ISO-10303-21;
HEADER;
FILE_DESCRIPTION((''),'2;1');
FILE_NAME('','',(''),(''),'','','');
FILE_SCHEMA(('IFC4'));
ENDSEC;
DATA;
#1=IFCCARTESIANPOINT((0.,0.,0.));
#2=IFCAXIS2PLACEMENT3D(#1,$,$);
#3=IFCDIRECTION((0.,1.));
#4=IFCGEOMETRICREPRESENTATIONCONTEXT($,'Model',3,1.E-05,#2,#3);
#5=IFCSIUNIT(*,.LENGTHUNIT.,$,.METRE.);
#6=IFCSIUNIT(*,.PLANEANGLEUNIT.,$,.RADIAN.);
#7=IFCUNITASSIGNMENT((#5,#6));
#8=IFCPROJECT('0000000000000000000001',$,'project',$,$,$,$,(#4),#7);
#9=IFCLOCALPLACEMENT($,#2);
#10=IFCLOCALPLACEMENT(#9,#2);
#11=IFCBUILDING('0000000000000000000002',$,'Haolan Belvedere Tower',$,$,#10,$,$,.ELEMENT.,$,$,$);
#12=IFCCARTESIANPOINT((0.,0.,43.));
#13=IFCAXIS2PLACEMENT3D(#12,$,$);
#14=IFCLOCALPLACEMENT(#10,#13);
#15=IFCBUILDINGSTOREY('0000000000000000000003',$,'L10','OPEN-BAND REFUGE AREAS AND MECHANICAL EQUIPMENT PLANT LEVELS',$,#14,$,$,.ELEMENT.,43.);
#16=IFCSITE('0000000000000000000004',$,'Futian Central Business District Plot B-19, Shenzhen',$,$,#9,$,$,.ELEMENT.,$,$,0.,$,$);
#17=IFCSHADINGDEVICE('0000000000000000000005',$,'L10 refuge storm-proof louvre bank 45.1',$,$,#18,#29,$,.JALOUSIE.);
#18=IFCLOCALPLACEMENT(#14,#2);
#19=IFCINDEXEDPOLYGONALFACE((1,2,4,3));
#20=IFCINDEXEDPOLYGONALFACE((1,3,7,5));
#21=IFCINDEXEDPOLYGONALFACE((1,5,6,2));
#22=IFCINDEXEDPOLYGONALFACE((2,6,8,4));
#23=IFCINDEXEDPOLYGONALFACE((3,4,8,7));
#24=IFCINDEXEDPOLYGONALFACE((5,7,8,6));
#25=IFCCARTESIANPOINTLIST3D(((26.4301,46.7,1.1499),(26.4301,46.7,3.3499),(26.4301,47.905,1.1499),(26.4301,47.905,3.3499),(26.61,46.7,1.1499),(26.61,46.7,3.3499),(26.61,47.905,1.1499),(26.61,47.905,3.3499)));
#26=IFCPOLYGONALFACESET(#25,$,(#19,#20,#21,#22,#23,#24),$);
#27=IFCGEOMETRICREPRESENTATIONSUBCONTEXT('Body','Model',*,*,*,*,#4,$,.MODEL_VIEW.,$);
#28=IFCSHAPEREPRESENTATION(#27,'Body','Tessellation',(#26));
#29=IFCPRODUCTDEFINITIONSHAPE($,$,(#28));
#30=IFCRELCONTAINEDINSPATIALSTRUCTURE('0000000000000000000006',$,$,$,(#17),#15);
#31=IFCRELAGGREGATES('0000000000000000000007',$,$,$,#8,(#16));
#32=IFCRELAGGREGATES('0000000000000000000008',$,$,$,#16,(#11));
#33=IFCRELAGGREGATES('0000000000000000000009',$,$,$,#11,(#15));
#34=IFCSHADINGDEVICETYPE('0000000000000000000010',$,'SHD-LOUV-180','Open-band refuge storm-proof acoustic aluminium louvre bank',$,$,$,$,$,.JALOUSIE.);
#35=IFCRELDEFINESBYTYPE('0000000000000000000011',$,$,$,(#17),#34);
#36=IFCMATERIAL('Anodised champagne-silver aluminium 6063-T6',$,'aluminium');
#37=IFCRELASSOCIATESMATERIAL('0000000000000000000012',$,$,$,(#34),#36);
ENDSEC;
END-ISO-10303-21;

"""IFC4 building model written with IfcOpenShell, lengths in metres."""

from ifc_helpers import new_model, si_unit, direction, frame, origin, origin_2d, place, context, subcontext, project, spatial, rectangle, extrude, material, type_object, element, save


model = new_model("IFC4")

# Units and contexts
model_context = context("Model", 3, precision=1e-05, world=origin(), true_north=direction((0.0, 1.0)))
body_context = subcontext(model_context, "Body", "Model", "MODEL_VIEW")
ifc_project = project(units=[si_unit("LENGTHUNIT", "METRE"), si_unit("PLANEANGLEUNIT", "RADIAN")], contexts=[model_context])

# Site, building, storey
site_placement = place(None, origin())
site = spatial("IfcSite", under=ifc_project, at=site_placement, Name="Futian Central Business District Plot B-19, Shenzhen", CompositionType="ELEMENT", RefElevation=0.0)
building_placement = place(site_placement, origin())
building = spatial("IfcBuilding", under=site, at=building_placement, Name="Haolan Belvedere Tower", CompositionType="ELEMENT")
storey_placement = place(building_placement, frame((0.0, 0.0, 43.0)))
storey = spatial("IfcBuildingStorey", under=building, at=storey_placement, Name="L10", Description="OPEN-BAND REFUGE AREAS AND MECHANICAL EQUIPMENT PLANT LEVELS", CompositionType="ELEMENT", Elevation=43.0)

# Shading device
ifc_material_1 = material(Name="Anodised champagne-silver aluminium 6063-T6", Category="aluminium")
shading_device_type = type_object("IfcShadingDeviceType", Name="SHD-LOUV-180", Description="Open-band refuge storm-proof acoustic aluminium louvre bank", PredefinedType="JALOUSIE", material=ifc_material_1)
shading_device_1_placement = place(storey_placement, frame((26.52, 47.3025, 1.1499), z_axis=(0.0, 0.0, 1.0), x_axis=(0.0, -1.0, 0.0)))
element("IfcShadingDevice", 1, at=shading_device_1_placement, inside=storey, type_object=shading_device_type, Name="L10 refuge storm-proof louvre bank 45.1", PredefinedType="JALOUSIE", context=body_context, shape_type="SweptSolid", body=[
    extrude(rectangle(XDim=1.2051, YDim=0.1799, at=origin_2d()), origin(), (0.0, 0.0, 1.0), 2.2),
])

save(model, "model.ifc")
